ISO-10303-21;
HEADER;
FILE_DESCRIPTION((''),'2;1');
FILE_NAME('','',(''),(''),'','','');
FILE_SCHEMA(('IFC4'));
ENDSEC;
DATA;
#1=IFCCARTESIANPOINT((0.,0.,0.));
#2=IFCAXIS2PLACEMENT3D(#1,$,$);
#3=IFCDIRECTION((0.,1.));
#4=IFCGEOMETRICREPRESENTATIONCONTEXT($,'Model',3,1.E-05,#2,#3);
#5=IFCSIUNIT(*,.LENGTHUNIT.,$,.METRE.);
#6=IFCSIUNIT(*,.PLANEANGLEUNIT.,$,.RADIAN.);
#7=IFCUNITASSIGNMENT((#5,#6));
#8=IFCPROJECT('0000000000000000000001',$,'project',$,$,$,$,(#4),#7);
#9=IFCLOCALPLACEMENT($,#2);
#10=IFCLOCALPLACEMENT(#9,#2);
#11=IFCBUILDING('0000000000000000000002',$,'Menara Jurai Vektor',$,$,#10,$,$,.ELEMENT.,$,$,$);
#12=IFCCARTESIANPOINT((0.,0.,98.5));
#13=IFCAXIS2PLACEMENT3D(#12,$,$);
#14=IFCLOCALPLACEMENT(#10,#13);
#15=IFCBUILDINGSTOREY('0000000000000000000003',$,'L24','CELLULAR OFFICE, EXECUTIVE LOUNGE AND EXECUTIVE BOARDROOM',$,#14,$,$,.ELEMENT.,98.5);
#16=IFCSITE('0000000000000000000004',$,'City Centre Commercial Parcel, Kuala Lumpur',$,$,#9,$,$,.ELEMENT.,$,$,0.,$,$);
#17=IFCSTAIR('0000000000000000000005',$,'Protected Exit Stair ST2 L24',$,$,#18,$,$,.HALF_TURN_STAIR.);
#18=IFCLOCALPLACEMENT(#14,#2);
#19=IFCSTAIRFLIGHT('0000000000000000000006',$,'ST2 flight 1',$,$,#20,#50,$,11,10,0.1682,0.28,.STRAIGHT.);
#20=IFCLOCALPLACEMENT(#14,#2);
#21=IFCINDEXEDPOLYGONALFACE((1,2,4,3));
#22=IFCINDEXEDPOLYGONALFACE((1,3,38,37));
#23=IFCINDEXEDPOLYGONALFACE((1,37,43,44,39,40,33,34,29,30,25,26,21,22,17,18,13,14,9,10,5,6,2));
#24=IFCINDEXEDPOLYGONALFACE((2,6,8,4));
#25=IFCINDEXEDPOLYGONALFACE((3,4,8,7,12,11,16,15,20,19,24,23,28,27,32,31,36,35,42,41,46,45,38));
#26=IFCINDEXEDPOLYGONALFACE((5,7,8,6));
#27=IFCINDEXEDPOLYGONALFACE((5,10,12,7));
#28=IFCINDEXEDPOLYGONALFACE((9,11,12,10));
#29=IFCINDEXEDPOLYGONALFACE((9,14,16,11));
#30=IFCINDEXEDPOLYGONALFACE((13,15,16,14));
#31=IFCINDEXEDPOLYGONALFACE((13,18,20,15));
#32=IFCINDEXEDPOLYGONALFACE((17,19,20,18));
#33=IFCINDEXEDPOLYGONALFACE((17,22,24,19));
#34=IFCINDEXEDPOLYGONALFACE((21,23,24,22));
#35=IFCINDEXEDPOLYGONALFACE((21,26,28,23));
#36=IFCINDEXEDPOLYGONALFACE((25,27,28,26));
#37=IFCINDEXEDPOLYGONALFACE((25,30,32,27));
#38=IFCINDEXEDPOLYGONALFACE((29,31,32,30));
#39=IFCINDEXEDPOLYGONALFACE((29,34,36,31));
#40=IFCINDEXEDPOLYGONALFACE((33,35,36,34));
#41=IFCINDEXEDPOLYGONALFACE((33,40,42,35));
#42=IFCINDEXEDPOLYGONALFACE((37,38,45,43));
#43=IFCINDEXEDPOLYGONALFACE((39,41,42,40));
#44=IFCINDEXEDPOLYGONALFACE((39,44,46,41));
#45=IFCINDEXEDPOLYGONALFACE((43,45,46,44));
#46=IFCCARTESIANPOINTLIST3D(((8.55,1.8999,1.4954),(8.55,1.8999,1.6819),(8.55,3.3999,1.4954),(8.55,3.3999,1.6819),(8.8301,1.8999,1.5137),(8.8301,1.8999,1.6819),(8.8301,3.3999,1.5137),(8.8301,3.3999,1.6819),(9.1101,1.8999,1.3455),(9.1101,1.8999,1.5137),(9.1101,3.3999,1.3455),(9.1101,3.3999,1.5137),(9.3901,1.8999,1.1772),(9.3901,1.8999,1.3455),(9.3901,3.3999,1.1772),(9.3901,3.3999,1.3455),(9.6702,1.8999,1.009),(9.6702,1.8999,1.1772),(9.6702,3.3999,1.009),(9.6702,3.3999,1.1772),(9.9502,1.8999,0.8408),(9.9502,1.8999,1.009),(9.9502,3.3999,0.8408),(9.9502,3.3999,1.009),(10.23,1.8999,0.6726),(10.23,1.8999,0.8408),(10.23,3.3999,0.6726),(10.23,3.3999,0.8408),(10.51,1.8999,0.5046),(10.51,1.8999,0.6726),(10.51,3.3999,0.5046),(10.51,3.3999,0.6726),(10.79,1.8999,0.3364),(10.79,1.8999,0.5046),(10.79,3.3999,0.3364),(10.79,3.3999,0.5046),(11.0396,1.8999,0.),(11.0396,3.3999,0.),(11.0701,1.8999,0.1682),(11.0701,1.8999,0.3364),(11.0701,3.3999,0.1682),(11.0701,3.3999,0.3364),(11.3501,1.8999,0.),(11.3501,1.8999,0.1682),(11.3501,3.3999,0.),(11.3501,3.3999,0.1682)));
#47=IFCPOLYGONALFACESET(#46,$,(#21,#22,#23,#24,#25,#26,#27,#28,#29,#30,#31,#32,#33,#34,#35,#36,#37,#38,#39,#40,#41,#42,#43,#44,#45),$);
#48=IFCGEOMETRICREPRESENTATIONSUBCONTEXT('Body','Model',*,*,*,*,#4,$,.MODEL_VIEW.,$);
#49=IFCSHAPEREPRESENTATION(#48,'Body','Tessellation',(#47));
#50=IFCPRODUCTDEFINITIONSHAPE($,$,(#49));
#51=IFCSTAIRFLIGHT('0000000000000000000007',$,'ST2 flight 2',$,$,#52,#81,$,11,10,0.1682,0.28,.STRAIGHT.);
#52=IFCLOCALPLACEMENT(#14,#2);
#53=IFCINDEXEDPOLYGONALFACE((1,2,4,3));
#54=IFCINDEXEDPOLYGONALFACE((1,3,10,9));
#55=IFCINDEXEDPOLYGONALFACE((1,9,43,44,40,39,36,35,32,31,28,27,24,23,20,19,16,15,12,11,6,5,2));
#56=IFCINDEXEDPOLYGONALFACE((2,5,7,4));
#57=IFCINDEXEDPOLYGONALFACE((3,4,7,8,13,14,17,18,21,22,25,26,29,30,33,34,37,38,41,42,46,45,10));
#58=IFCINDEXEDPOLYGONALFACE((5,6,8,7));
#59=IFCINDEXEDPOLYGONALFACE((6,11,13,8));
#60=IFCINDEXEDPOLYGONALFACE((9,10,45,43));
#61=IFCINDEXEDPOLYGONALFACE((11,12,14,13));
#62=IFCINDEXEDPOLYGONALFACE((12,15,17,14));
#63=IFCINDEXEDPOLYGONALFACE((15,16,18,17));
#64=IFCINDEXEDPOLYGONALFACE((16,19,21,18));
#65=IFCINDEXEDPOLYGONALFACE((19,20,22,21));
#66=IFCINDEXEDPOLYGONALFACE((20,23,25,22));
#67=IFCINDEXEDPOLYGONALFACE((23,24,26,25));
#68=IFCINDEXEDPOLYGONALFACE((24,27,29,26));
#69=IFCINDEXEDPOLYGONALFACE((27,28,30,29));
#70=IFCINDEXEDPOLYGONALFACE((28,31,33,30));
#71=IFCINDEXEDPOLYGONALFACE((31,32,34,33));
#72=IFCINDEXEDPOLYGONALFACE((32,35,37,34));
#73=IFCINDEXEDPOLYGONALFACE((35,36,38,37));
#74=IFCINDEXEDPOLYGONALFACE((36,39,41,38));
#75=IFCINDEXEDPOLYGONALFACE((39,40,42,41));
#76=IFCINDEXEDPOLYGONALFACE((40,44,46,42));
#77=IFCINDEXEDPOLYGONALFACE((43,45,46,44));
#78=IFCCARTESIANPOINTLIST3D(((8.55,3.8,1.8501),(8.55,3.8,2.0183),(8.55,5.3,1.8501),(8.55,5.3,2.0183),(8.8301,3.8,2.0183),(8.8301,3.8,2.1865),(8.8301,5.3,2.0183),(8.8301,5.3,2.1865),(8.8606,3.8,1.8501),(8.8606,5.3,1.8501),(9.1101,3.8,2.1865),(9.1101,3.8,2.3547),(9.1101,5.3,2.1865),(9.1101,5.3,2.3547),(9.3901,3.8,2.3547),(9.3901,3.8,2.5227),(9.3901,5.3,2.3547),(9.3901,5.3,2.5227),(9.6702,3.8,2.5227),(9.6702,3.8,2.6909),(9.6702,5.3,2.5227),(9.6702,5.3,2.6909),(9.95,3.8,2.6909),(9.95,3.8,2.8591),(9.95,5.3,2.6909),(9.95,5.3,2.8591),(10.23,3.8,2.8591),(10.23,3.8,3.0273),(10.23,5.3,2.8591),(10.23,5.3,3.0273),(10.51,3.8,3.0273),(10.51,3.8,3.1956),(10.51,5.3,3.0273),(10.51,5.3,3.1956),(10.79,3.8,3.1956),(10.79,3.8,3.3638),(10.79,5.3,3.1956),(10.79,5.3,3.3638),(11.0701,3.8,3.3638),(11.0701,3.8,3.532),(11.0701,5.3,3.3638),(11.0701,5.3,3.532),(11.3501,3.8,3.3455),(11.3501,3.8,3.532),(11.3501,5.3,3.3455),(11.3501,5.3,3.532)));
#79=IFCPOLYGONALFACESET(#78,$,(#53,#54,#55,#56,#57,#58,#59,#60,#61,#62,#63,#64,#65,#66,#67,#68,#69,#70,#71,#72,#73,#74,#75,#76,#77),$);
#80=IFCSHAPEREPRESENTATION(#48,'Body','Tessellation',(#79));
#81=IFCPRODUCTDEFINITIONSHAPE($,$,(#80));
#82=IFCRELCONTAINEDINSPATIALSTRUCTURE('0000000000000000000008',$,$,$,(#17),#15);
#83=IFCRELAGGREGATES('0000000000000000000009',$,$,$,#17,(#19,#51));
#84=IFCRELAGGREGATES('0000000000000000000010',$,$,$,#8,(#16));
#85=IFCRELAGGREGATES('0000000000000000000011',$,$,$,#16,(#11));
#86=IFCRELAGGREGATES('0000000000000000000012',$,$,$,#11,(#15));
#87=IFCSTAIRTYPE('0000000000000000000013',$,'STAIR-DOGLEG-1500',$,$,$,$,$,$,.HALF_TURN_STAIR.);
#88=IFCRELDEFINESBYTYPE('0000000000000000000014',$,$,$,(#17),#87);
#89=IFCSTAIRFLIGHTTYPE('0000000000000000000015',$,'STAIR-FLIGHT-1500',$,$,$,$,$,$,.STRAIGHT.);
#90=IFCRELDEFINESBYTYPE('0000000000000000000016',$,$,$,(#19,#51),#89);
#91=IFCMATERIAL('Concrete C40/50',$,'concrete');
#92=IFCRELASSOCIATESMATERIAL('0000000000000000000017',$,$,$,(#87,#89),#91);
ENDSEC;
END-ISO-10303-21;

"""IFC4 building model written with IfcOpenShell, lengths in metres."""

from ifc_helpers import new_model, si_unit, direction, frame, origin, place, context, subcontext, project, spatial, polyline, outline, extrude, material, type_object, element, aggregate, save


model = new_model("IFC4")

# Units and contexts
model_context = context("Model", 3, precision=1e-05, world=origin(), true_north=direction((0.0, 1.0)))
body_context = subcontext(model_context, "Body", "Model", "MODEL_VIEW")
ifc_project = project(units=[si_unit("LENGTHUNIT", "METRE"), si_unit("PLANEANGLEUNIT", "RADIAN")], contexts=[model_context])

# Site, building, storey
site_placement = place(None, origin())
site = spatial("IfcSite", under=ifc_project, at=site_placement, Name="City Centre Commercial Parcel, Kuala Lumpur", CompositionType="ELEMENT", RefElevation=0.0)
building_placement = place(site_placement, origin())
building = spatial("IfcBuilding", under=site, at=building_placement, Name="Menara Jurai Vektor", CompositionType="ELEMENT")
storey_placement = place(building_placement, frame((0.0, 0.0, 98.5)))
storey = spatial("IfcBuildingStorey", under=building, at=storey_placement, Name="L24", Description="CELLULAR OFFICE, EXECUTIVE LOUNGE AND EXECUTIVE BOARDROOM", CompositionType="ELEMENT", Elevation=98.5)

# Shared definitions
ifc_material_1 = material(Name="Concrete C40/50", Category="concrete")

# Stair, stair flights
stair_type = type_object("IfcStairType", Name="STAIR-DOGLEG-1500", PredefinedType="HALF_TURN_STAIR", material=ifc_material_1)
stair_placement = place(storey_placement, origin())
stair = element("IfcStair", 1, at=stair_placement, inside=storey, type_object=stair_type, Name="Protected Exit Stair ST2 L24", PredefinedType="HALF_TURN_STAIR")
stair_flight_type = type_object("IfcStairFlightType", Name="STAIR-FLIGHT-1500", PredefinedType="STRAIGHT", material=ifc_material_1)
stair_flight_1_placement = place(storey_placement, frame((11.3501, 2.6499, 0.0), z_axis=(0.0, 0.0, 1.0), x_axis=(-1.0, 0.0, 0.0)))
stair_flight_1 = element("IfcStairFlight", 2, at=stair_flight_1_placement, type_object=stair_flight_type, Name="ST2 flight 1", NumberOfRisers=11, NumberOfTreads=10, PredefinedType="STRAIGHT", RiserHeight=0.1682, TreadLength=0.28, context=body_context, shape_type="SweptSolid", body=[
    extrude(outline(polyline([(0.0, 0.0), (0.0, 0.1682), (0.28, 0.1682), (0.28, 0.3364), (0.5601, 0.3364), (0.5601, 0.5046), (0.8401, 0.5046), (0.8401, 0.6726), (1.1201, 0.6726), (1.1201, 0.8408), (1.3999, 0.8408), (1.3999, 1.009), (1.6799, 1.009), (1.6799, 1.1772), (1.96, 1.1772), (1.96, 1.3455), (2.24, 1.3455), (2.24, 1.5137), (2.52, 1.5137), (2.52, 1.6819), (2.8, 1.6819), (2.8, 1.8501), (2.8, 1.4954), (0.3105, 0.0), (0.0, 0.0)])), frame((0.0, 0.75, 0.0), z_axis=(0.0, -1.0, 0.0), x_axis=(1.0, 0.0, 0.0)), (0.0, 0.0, 1.0), 1.5),
])
stair_flight_2_placement = place(storey_placement, frame((8.55, 4.55, 1.8501), z_axis=(0.0, 0.0, 1.0), x_axis=(1.0, 0.0, 0.0)))
stair_flight_2 = element("IfcStairFlight", 3, at=stair_flight_2_placement, type_object=stair_flight_type, Name="ST2 flight 2", NumberOfRisers=11, NumberOfTreads=10, PredefinedType="STRAIGHT", RiserHeight=0.1682, TreadLength=0.28, context=body_context, shape_type="SweptSolid", body=[
    extrude(outline(polyline([(0.0, 0.0), (0.0, 0.1682), (0.28, 0.1682), (0.28, 0.3364), (0.5601, 0.3364), (0.5601, 0.5046), (0.8401, 0.5046), (0.8401, 0.6726), (1.1201, 0.6726), (1.1201, 0.8408), (1.3999, 0.8408), (1.3999, 1.009), (1.6799, 1.009), (1.6799, 1.1772), (1.96, 1.1772), (1.96, 1.3455), (2.24, 1.3455), (2.24, 1.5137), (2.52, 1.5137), (2.52, 1.6819), (2.8, 1.6819), (2.8, 1.8501), (2.8, 1.4954), (0.3105, 0.0), (0.0, 0.0)])), frame((0.0, 0.75, 0.0), z_axis=(0.0, -1.0, 0.0), x_axis=(1.0, 0.0, 0.0)), (0.0, 0.0, 1.0), 1.5),
])
aggregate(stair, [stair_flight_1, stair_flight_2])

save(model, "model.ifc")
